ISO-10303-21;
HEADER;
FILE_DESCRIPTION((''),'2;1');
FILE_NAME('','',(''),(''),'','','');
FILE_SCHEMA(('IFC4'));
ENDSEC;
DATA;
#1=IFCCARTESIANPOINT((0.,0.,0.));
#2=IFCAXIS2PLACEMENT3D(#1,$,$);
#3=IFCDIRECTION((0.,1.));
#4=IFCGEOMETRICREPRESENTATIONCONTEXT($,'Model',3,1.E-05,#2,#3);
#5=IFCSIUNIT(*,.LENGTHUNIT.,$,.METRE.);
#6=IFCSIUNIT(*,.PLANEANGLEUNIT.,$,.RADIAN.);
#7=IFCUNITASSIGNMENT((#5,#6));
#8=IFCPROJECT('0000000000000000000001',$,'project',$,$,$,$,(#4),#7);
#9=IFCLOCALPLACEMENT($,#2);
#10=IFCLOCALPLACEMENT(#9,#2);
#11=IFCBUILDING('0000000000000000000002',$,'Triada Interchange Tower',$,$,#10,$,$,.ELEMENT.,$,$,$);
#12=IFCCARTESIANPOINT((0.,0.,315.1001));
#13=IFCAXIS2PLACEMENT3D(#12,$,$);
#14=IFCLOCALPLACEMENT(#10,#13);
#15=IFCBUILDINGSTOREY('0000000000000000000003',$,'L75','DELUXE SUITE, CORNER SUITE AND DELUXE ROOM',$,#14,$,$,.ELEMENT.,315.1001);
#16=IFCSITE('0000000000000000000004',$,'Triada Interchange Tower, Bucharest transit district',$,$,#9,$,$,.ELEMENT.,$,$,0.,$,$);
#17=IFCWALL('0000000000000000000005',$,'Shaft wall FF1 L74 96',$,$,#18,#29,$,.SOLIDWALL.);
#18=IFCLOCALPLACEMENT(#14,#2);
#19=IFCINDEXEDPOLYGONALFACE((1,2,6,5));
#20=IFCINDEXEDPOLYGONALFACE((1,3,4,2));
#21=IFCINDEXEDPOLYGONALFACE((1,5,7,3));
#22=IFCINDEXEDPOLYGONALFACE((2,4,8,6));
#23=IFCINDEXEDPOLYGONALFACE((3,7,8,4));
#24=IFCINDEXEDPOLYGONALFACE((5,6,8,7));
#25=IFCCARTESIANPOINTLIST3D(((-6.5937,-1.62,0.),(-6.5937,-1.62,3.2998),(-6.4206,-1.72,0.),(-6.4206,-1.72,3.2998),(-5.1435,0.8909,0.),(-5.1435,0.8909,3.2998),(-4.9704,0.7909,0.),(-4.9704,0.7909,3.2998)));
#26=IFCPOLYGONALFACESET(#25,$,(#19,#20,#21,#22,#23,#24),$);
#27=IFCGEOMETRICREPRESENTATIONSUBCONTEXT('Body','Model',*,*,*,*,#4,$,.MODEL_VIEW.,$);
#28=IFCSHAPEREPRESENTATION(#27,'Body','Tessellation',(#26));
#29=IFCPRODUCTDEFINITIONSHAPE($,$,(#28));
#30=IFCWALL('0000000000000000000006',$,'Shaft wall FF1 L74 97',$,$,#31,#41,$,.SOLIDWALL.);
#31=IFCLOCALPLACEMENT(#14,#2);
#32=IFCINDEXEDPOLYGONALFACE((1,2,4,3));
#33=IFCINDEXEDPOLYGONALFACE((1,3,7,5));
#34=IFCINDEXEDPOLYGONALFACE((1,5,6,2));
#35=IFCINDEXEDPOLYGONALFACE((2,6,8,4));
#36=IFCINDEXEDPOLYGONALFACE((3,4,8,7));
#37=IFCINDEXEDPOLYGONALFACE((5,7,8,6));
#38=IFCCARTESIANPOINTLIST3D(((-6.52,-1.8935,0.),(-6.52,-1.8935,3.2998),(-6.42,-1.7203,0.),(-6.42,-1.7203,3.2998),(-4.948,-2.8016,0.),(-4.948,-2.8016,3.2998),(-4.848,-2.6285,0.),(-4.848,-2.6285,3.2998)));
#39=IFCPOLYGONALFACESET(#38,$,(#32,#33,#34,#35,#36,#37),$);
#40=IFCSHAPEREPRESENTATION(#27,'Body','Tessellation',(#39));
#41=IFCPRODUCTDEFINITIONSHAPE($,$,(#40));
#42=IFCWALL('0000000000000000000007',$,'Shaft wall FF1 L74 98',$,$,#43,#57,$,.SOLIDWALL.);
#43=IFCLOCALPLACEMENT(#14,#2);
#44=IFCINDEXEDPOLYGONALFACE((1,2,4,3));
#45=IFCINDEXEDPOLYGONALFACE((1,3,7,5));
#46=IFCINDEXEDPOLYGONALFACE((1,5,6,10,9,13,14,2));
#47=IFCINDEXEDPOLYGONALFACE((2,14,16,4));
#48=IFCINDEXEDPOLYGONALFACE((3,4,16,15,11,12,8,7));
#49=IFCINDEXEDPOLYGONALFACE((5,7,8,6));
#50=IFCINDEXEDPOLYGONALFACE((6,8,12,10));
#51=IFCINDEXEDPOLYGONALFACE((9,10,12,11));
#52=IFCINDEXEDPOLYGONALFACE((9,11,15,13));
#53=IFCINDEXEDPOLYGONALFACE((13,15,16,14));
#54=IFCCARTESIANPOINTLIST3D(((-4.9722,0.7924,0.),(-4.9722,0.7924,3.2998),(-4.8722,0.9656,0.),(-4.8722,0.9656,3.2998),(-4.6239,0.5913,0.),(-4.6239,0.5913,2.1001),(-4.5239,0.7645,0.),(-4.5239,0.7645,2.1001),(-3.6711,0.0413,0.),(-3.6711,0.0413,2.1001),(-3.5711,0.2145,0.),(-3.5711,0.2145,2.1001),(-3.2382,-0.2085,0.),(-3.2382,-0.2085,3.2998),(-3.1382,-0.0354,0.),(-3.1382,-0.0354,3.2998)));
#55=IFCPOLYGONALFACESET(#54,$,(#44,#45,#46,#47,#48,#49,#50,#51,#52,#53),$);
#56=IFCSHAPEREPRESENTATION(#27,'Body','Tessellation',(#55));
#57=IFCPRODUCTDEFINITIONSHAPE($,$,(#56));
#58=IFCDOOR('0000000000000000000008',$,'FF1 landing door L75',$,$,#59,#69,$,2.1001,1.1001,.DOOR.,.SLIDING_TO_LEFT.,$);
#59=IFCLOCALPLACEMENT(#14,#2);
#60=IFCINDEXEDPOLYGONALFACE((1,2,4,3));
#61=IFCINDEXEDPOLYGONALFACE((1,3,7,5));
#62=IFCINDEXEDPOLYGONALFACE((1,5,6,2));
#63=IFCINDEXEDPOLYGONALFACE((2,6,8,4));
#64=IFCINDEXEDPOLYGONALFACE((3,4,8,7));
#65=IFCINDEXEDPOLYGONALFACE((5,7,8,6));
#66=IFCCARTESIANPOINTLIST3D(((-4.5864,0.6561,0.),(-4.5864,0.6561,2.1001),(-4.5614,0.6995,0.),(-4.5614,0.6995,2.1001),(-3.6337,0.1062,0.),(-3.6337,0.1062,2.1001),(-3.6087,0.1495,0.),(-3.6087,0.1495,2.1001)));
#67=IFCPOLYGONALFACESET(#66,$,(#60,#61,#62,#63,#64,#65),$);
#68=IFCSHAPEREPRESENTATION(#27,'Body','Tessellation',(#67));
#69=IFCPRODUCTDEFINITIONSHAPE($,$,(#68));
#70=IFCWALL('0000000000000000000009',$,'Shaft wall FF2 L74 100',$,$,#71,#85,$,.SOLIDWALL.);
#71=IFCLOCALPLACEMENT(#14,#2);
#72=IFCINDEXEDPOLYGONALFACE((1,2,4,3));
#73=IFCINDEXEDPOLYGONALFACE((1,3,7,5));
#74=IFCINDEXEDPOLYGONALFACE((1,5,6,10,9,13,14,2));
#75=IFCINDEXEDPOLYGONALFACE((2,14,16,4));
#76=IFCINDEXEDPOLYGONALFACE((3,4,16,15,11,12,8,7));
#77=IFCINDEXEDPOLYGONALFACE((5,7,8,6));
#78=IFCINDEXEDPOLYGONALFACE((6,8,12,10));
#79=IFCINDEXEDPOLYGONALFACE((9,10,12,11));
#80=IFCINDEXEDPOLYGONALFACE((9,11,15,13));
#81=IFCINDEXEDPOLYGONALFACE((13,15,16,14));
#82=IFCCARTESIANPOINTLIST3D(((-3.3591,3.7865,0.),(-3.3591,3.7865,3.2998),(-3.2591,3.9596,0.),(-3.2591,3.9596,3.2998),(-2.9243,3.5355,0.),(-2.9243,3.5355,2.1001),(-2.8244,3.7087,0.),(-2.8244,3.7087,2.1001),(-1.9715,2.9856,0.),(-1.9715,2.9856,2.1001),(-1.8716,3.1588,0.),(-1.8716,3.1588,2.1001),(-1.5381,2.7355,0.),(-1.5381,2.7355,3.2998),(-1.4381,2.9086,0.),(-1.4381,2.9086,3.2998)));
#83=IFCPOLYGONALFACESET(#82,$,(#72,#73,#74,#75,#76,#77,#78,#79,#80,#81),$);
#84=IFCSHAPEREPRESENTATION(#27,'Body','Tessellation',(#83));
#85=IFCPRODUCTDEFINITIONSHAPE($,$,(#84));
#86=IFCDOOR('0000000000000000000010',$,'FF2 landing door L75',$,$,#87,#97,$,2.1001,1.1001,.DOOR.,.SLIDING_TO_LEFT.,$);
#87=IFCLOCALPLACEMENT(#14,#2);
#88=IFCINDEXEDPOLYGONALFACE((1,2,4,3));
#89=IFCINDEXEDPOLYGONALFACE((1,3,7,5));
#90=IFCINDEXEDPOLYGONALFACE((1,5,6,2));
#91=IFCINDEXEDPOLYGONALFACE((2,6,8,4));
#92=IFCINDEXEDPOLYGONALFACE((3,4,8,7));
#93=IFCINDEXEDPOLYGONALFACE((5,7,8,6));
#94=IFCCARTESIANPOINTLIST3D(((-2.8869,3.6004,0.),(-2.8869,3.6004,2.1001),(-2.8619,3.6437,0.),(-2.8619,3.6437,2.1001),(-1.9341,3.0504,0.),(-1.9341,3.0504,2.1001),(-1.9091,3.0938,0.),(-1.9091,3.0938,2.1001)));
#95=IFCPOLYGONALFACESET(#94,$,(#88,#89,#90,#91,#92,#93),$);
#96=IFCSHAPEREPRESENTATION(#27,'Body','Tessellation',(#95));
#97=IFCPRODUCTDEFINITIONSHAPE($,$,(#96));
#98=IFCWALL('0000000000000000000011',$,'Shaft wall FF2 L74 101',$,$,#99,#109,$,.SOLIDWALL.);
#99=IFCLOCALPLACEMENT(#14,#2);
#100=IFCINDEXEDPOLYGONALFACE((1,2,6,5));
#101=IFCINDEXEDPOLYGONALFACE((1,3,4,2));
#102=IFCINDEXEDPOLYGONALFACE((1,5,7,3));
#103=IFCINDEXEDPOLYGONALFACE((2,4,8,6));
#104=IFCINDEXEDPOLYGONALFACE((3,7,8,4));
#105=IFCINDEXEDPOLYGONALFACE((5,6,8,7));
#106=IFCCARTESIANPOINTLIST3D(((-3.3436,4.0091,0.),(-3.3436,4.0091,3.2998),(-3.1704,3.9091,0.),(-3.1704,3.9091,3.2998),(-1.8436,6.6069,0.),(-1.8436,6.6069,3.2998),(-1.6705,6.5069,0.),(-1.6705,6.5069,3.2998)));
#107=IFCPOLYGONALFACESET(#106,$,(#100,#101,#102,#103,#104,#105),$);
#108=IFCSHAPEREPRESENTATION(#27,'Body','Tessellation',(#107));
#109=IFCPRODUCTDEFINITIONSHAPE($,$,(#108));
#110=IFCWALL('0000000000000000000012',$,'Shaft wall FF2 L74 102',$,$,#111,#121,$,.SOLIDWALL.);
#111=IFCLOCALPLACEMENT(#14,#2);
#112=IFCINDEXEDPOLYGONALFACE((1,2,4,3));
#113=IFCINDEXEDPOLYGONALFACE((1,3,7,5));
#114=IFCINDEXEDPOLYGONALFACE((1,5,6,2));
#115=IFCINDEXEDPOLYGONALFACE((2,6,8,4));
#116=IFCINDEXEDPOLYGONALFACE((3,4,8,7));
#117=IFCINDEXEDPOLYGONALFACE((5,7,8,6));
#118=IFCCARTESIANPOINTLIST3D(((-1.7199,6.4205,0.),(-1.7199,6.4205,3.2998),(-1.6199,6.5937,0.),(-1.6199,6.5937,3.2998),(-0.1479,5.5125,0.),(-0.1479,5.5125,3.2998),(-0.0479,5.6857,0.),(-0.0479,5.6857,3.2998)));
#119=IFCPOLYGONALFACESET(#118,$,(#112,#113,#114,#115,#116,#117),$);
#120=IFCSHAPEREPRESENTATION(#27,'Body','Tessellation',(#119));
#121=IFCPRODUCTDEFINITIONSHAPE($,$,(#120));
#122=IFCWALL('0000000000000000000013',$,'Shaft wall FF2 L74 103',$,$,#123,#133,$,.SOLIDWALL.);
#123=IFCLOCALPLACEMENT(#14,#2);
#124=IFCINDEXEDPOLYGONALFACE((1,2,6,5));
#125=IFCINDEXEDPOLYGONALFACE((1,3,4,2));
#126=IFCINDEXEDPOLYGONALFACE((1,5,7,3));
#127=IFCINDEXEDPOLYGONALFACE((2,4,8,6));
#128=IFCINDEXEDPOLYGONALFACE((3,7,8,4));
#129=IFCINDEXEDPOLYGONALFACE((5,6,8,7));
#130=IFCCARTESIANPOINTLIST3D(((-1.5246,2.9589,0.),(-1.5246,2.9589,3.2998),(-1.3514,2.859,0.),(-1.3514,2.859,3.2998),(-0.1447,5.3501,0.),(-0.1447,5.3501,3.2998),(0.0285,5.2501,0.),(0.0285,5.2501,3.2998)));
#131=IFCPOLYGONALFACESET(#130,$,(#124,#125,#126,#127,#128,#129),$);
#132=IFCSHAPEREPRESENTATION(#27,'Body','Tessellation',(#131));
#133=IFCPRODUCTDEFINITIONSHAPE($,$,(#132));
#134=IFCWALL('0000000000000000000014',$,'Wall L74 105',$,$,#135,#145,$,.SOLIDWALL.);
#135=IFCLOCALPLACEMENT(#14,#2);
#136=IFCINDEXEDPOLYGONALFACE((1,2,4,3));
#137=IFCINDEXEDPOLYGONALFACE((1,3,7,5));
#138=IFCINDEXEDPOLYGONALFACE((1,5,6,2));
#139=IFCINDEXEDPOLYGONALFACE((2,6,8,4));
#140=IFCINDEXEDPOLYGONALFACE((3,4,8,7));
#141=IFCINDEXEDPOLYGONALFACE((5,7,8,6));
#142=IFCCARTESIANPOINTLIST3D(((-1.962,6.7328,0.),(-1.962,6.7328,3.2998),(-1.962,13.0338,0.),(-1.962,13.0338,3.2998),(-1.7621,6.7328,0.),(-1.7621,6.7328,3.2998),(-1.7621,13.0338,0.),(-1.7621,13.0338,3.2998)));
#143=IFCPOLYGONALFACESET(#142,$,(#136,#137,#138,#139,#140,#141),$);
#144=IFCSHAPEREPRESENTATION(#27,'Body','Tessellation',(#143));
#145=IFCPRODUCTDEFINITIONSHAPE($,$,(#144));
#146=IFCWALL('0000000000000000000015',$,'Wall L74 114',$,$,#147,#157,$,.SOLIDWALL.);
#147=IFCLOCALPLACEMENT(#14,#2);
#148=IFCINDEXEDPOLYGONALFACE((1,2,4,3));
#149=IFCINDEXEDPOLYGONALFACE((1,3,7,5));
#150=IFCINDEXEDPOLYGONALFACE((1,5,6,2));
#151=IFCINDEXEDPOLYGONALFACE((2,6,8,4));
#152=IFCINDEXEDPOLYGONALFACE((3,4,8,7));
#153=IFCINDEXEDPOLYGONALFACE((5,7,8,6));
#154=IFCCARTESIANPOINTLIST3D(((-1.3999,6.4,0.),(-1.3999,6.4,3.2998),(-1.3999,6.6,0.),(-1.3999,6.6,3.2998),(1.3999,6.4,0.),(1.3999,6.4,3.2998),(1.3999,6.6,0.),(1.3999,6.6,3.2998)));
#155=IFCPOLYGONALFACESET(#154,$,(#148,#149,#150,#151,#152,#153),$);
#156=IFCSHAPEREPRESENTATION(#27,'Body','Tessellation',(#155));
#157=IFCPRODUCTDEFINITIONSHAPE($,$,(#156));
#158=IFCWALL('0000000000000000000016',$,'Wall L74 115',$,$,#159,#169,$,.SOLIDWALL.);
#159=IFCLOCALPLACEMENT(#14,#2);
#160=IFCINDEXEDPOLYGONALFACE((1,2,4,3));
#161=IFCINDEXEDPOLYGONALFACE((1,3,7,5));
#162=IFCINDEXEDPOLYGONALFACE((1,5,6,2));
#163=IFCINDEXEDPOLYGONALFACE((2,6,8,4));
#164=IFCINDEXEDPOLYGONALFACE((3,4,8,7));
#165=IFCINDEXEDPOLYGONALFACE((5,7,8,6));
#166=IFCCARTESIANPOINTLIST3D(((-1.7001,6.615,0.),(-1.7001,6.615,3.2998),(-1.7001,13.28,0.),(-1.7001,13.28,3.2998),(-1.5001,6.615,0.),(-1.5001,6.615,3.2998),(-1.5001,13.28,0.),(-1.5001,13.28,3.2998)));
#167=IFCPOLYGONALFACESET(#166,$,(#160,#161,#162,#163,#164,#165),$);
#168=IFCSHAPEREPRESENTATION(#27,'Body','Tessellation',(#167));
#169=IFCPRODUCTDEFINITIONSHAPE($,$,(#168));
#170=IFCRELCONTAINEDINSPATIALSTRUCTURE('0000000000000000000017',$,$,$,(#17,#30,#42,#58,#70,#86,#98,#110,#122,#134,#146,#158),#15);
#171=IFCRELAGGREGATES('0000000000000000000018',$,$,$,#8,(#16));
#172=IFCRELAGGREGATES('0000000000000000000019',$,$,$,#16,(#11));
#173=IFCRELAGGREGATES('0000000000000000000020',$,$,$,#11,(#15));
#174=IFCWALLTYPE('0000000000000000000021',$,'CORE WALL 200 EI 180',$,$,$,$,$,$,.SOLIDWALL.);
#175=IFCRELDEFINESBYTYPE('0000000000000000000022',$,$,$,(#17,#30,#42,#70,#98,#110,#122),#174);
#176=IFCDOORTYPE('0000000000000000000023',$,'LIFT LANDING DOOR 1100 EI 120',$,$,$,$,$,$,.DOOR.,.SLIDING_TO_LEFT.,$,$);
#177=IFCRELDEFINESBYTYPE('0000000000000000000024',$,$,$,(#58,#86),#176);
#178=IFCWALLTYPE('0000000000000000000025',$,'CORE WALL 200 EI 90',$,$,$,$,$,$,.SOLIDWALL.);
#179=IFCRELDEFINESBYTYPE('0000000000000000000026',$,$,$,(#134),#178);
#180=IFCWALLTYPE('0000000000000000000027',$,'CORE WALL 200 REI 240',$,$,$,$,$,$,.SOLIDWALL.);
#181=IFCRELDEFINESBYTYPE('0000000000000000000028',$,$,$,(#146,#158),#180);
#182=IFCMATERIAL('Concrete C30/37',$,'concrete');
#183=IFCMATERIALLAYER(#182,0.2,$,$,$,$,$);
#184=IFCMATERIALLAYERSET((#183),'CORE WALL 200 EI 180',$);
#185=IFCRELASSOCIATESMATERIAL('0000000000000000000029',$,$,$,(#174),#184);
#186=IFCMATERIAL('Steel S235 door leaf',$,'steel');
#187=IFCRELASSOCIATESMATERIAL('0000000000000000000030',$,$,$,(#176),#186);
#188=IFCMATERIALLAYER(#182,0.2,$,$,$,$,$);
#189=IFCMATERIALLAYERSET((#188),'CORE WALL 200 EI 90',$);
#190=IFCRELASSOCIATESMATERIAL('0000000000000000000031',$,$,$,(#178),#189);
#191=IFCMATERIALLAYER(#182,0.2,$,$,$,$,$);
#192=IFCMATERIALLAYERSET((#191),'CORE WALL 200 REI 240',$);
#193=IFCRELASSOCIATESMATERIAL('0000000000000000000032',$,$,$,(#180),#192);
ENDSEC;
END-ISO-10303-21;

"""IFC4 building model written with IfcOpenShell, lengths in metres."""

from ifc_helpers import new_model, si_unit, direction, frame, frame_2d, origin, place, context, subcontext, project, spatial, rectangle, extrude, material, layer, layer_set, type_object, element, fill, save


model = new_model("IFC4")

# Units and contexts
model_context = context("Model", 3, precision=1e-05, world=origin(), true_north=direction((0.0, 1.0)))
body_context = subcontext(model_context, "Body", "Model", "MODEL_VIEW")
ifc_project = project(units=[si_unit("LENGTHUNIT", "METRE"), si_unit("PLANEANGLEUNIT", "RADIAN")], contexts=[model_context])

# Site, building, storey
site_placement = place(None, origin())
site = spatial("IfcSite", under=ifc_project, at=site_placement, Name="Triada Interchange Tower, Bucharest transit district", CompositionType="ELEMENT", RefElevation=0.0)
building_placement = place(site_placement, origin())
building = spatial("IfcBuilding", under=site, at=building_placement, Name="Triada Interchange Tower", CompositionType="ELEMENT")
storey_placement = place(building_placement, frame((0.0, 0.0, 315.1001)))
storey = spatial("IfcBuildingStorey", under=building, at=storey_placement, Name="L75", Description="DELUXE SUITE, CORNER SUITE AND DELUXE ROOM", CompositionType="ELEMENT", Elevation=315.1001)

# Shared definitions
ifc_material_1 = material(Name="Concrete C30/37", Category="concrete")

# Shared definitions
ifc_layer_1 = layer(ifc_material_1, 0.2)
ifc_layer_set_1 = layer_set([ifc_layer_1], Name="CORE WALL 200 EI 180")
wall_type_1 = type_object("IfcWallType", Name="CORE WALL 200 EI 180", PredefinedType="SOLIDWALL", material=ifc_layer_set_1)
ifc_material_2 = material(Name="Steel S235 door leaf", Category="steel")
door_type_1 = type_object("IfcDoorType", Name="LIFT LANDING DOOR 1100 EI 120", OperationType="SLIDING_TO_LEFT", PredefinedType="DOOR", material=ifc_material_2)

# Walls
wall_1_placement = place(storey_placement, frame((-6.5071, -1.6699, 0.0), z_axis=(0.0, 0.0, 1.0), x_axis=(0.500123, 0.865954, 0.0)))
element("IfcWall", 1, at=wall_1_placement, inside=storey, type_object=wall_type_1, Name="Shaft wall FF1 L74 96", PredefinedType="SOLIDWALL", context=body_context, shape_type="SweptSolid", body=[
    extrude(rectangle(XDim=2.8997, YDim=0.2, at=frame_2d((1.4497, 0.0))), origin(), (0.0, 0.0, 1.0), 3.2998),
])
wall_2_placement = place(storey_placement, frame((-6.47, -1.8069, 0.0), z_axis=(0.0, 0.0, 1.0), x_axis=(0.865883, -0.500246, 0.0)))
element("IfcWall", 2, at=wall_2_placement, inside=storey, type_object=wall_type_1, Name="Shaft wall FF1 L74 97", PredefinedType="SOLIDWALL", context=body_context, shape_type="SweptSolid", body=[
    extrude(rectangle(XDim=1.8154, YDim=0.2, at=frame_2d((0.9077, 0.0))), origin(), (0.0, 0.0, 1.0), 3.2998),
])

# Walls, openings, doors
wall_3_placement = place(storey_placement, frame((-4.9221, 0.8789, 0.0), z_axis=(0.0, 0.0, 1.0), x_axis=(0.866074, -0.499916, 0.0)))
wall_3 = element("IfcWall", 3, at=wall_3_placement, inside=storey, type_object=wall_type_1, Name="Shaft wall FF1 L74 98", PredefinedType="SOLIDWALL", context=body_context, shape_type="SweptSolid", body=[
    extrude(rectangle(XDim=2.0022, YDim=0.2, at=frame_2d((1.001, 0.0))), origin(), (0.0, 0.0, 1.0), 3.2998),
])
opening_1_placement = place(wall_3_placement, frame((0.4021, 0.0, 0.0)))
opening_1 = element("IfcOpeningElement", 4, at=opening_1_placement, cuts=wall_3, PredefinedType="OPENING", context=body_context, shape_type="SweptSolid", body=[
    extrude(rectangle(XDim=1.1001, YDim=2.1001, at=frame_2d((0.55, 1.05))), frame((0.0, 0.1099, 0.0), z_axis=(0.0, -1.0, 0.0), x_axis=(1.0, 0.0, 0.0)), (0.0, 0.0, 1.0), 0.22),
])
door_1_placement = place(opening_1_placement, origin())
door_1 = element("IfcDoor", 5, at=door_1_placement, inside=storey, type_object=door_type_1, Name="FF1 landing door L75", OperationType="SLIDING_TO_LEFT", OverallHeight=2.1001, OverallWidth=1.1001, PredefinedType="DOOR", context=body_context, shape_type="SweptSolid", body=[
    extrude(rectangle(XDim=1.1001, YDim=2.1001, at=frame_2d((0.55, 1.05))), frame((0.0, 0.0249, 0.0), z_axis=(0.0, -1.0, 0.0), x_axis=(1.0, 0.0, 0.0)), (0.0, 0.0, 1.0), 0.05),
])
fill(opening_1, door_1)
wall_4_placement = place(storey_placement, frame((-3.3091, 3.873, 0.0), z_axis=(0.0, 0.0, 1.0), x_axis=(0.866099, -0.499873, 0.0)))
wall_4 = element("IfcWall", 6, at=wall_4_placement, inside=storey, type_object=wall_type_1, Name="Shaft wall FF2 L74 100", PredefinedType="SOLIDWALL", context=body_context, shape_type="SweptSolid", body=[
    extrude(rectangle(XDim=2.1025, YDim=0.2, at=frame_2d((1.0513, 0.0))), origin(), (0.0, 0.0, 1.0), 3.2998),
])
opening_2_placement = place(wall_4_placement, frame((0.502, 0.0, 0.0)))
opening_2 = element("IfcOpeningElement", 7, at=opening_2_placement, cuts=wall_4, PredefinedType="OPENING", context=body_context, shape_type="SweptSolid", body=[
    extrude(rectangle(XDim=1.1001, YDim=2.1001, at=frame_2d((0.55, 1.05))), frame((0.0, 0.1099, 0.0), z_axis=(0.0, -1.0, 0.0), x_axis=(1.0, 0.0, 0.0)), (0.0, 0.0, 1.0), 0.22),
])
door_2_placement = place(opening_2_placement, origin())
door_2 = element("IfcDoor", 8, at=door_2_placement, inside=storey, type_object=door_type_1, Name="FF2 landing door L75", OperationType="SLIDING_TO_LEFT", OverallHeight=2.1001, OverallWidth=1.1001, PredefinedType="DOOR", context=body_context, shape_type="SweptSolid", body=[
    extrude(rectangle(XDim=1.1001, YDim=2.1001, at=frame_2d((0.55, 1.05))), frame((0.0, 0.0249, 0.0), z_axis=(0.0, -1.0, 0.0), x_axis=(1.0, 0.0, 0.0)), (0.0, 0.0, 1.0), 0.05),
])
fill(opening_2, door_2)

# Walls
wall_5_placement = place(storey_placement, frame((-3.2571, 3.959, 0.0), z_axis=(0.0, 0.0, 1.0), x_axis=(0.500025, 0.866011, 0.0)))
element("IfcWall", 9, at=wall_5_placement, inside=storey, type_object=wall_type_1, Name="Shaft wall FF2 L74 101", PredefinedType="SOLIDWALL", context=body_context, shape_type="SweptSolid", body=[
    extrude(rectangle(XDim=2.9998, YDim=0.2, at=frame_2d((1.5, 0.0))), origin(), (0.0, 0.0, 1.0), 3.2998),
])
wall_6_placement = place(storey_placement, frame((-1.6699, 6.5071, 0.0), z_axis=(0.0, 0.0, 1.0), x_axis=(0.865941, -0.500145, 0.0)))
element("IfcWall", 10, at=wall_6_placement, inside=storey, type_object=wall_type_1, Name="Shaft wall FF2 L74 102", PredefinedType="SOLIDWALL", context=body_context, shape_type="SweptSolid", body=[
    extrude(rectangle(XDim=1.8154, YDim=0.2, at=frame_2d((0.9077, 0.0))), origin(), (0.0, 0.0, 1.0), 3.2998),
])
wall_7_placement = place(storey_placement, frame((-1.438, 2.9089, 0.0), z_axis=(0.0, 0.0, 1.0), x_axis=(0.49983, 0.866124, 0.0)))
element("IfcWall", 11, at=wall_7_placement, inside=storey, type_object=wall_type_1, Name="Shaft wall FF2 L74 103", PredefinedType="SOLIDWALL", context=body_context, shape_type="SweptSolid", body=[
    extrude(rectangle(XDim=2.7607, YDim=0.2, at=frame_2d((1.3804, 0.0))), origin(), (0.0, 0.0, 1.0), 3.2998),
])
ifc_layer_2 = layer(ifc_material_1, 0.2)
ifc_layer_set_2 = layer_set([ifc_layer_2], Name="CORE WALL 200 EI 90")
wall_type_2 = type_object("IfcWallType", Name="CORE WALL 200 EI 90", PredefinedType="SOLIDWALL", material=ifc_layer_set_2)
wall_8_placement = place(storey_placement, frame((-1.8621, 6.7329, 0.0), z_axis=(0.0, 0.0, 1.0), x_axis=(0.0, 1.0, 0.0)))
element("IfcWall", 12, at=wall_8_placement, inside=storey, type_object=wall_type_2, Name="Wall L74 105", PredefinedType="SOLIDWALL", context=body_context, shape_type="SweptSolid", body=[
    extrude(rectangle(XDim=6.301, YDim=0.2, at=frame_2d((3.1504, 0.0))), origin(), (0.0, 0.0, 1.0), 3.2998),
])
ifc_layer_3 = layer(ifc_material_1, 0.2)
ifc_layer_set_3 = layer_set([ifc_layer_3], Name="CORE WALL 200 REI 240")
wall_type_3 = type_object("IfcWallType", Name="CORE WALL 200 REI 240", PredefinedType="SOLIDWALL", material=ifc_layer_set_3)
wall_9_placement = place(storey_placement, frame((-1.3999, 6.5, 0.0), z_axis=(0.0, 0.0, 1.0), x_axis=(1.0, 0.0, 0.0)))
element("IfcWall", 13, at=wall_9_placement, inside=storey, type_object=wall_type_3, Name="Wall L74 114", PredefinedType="SOLIDWALL", context=body_context, shape_type="SweptSolid", body=[
    extrude(rectangle(XDim=2.7998, YDim=0.2, at=frame_2d((1.3999, 0.0))), origin(), (0.0, 0.0, 1.0), 3.2998),
])
wall_10_placement = place(storey_placement, frame((-1.6001, 6.615, 0.0), z_axis=(0.0, 0.0, 1.0), x_axis=(0.0, 1.0, 0.0)))
element("IfcWall", 14, at=wall_10_placement, inside=storey, type_object=wall_type_3, Name="Wall L74 115", PredefinedType="SOLIDWALL", context=body_context, shape_type="SweptSolid", body=[
    extrude(rectangle(XDim=6.665, YDim=0.2, at=frame_2d((3.3325, 0.0))), origin(), (0.0, 0.0, 1.0), 3.2998),
])

save(model, "model.ifc")
